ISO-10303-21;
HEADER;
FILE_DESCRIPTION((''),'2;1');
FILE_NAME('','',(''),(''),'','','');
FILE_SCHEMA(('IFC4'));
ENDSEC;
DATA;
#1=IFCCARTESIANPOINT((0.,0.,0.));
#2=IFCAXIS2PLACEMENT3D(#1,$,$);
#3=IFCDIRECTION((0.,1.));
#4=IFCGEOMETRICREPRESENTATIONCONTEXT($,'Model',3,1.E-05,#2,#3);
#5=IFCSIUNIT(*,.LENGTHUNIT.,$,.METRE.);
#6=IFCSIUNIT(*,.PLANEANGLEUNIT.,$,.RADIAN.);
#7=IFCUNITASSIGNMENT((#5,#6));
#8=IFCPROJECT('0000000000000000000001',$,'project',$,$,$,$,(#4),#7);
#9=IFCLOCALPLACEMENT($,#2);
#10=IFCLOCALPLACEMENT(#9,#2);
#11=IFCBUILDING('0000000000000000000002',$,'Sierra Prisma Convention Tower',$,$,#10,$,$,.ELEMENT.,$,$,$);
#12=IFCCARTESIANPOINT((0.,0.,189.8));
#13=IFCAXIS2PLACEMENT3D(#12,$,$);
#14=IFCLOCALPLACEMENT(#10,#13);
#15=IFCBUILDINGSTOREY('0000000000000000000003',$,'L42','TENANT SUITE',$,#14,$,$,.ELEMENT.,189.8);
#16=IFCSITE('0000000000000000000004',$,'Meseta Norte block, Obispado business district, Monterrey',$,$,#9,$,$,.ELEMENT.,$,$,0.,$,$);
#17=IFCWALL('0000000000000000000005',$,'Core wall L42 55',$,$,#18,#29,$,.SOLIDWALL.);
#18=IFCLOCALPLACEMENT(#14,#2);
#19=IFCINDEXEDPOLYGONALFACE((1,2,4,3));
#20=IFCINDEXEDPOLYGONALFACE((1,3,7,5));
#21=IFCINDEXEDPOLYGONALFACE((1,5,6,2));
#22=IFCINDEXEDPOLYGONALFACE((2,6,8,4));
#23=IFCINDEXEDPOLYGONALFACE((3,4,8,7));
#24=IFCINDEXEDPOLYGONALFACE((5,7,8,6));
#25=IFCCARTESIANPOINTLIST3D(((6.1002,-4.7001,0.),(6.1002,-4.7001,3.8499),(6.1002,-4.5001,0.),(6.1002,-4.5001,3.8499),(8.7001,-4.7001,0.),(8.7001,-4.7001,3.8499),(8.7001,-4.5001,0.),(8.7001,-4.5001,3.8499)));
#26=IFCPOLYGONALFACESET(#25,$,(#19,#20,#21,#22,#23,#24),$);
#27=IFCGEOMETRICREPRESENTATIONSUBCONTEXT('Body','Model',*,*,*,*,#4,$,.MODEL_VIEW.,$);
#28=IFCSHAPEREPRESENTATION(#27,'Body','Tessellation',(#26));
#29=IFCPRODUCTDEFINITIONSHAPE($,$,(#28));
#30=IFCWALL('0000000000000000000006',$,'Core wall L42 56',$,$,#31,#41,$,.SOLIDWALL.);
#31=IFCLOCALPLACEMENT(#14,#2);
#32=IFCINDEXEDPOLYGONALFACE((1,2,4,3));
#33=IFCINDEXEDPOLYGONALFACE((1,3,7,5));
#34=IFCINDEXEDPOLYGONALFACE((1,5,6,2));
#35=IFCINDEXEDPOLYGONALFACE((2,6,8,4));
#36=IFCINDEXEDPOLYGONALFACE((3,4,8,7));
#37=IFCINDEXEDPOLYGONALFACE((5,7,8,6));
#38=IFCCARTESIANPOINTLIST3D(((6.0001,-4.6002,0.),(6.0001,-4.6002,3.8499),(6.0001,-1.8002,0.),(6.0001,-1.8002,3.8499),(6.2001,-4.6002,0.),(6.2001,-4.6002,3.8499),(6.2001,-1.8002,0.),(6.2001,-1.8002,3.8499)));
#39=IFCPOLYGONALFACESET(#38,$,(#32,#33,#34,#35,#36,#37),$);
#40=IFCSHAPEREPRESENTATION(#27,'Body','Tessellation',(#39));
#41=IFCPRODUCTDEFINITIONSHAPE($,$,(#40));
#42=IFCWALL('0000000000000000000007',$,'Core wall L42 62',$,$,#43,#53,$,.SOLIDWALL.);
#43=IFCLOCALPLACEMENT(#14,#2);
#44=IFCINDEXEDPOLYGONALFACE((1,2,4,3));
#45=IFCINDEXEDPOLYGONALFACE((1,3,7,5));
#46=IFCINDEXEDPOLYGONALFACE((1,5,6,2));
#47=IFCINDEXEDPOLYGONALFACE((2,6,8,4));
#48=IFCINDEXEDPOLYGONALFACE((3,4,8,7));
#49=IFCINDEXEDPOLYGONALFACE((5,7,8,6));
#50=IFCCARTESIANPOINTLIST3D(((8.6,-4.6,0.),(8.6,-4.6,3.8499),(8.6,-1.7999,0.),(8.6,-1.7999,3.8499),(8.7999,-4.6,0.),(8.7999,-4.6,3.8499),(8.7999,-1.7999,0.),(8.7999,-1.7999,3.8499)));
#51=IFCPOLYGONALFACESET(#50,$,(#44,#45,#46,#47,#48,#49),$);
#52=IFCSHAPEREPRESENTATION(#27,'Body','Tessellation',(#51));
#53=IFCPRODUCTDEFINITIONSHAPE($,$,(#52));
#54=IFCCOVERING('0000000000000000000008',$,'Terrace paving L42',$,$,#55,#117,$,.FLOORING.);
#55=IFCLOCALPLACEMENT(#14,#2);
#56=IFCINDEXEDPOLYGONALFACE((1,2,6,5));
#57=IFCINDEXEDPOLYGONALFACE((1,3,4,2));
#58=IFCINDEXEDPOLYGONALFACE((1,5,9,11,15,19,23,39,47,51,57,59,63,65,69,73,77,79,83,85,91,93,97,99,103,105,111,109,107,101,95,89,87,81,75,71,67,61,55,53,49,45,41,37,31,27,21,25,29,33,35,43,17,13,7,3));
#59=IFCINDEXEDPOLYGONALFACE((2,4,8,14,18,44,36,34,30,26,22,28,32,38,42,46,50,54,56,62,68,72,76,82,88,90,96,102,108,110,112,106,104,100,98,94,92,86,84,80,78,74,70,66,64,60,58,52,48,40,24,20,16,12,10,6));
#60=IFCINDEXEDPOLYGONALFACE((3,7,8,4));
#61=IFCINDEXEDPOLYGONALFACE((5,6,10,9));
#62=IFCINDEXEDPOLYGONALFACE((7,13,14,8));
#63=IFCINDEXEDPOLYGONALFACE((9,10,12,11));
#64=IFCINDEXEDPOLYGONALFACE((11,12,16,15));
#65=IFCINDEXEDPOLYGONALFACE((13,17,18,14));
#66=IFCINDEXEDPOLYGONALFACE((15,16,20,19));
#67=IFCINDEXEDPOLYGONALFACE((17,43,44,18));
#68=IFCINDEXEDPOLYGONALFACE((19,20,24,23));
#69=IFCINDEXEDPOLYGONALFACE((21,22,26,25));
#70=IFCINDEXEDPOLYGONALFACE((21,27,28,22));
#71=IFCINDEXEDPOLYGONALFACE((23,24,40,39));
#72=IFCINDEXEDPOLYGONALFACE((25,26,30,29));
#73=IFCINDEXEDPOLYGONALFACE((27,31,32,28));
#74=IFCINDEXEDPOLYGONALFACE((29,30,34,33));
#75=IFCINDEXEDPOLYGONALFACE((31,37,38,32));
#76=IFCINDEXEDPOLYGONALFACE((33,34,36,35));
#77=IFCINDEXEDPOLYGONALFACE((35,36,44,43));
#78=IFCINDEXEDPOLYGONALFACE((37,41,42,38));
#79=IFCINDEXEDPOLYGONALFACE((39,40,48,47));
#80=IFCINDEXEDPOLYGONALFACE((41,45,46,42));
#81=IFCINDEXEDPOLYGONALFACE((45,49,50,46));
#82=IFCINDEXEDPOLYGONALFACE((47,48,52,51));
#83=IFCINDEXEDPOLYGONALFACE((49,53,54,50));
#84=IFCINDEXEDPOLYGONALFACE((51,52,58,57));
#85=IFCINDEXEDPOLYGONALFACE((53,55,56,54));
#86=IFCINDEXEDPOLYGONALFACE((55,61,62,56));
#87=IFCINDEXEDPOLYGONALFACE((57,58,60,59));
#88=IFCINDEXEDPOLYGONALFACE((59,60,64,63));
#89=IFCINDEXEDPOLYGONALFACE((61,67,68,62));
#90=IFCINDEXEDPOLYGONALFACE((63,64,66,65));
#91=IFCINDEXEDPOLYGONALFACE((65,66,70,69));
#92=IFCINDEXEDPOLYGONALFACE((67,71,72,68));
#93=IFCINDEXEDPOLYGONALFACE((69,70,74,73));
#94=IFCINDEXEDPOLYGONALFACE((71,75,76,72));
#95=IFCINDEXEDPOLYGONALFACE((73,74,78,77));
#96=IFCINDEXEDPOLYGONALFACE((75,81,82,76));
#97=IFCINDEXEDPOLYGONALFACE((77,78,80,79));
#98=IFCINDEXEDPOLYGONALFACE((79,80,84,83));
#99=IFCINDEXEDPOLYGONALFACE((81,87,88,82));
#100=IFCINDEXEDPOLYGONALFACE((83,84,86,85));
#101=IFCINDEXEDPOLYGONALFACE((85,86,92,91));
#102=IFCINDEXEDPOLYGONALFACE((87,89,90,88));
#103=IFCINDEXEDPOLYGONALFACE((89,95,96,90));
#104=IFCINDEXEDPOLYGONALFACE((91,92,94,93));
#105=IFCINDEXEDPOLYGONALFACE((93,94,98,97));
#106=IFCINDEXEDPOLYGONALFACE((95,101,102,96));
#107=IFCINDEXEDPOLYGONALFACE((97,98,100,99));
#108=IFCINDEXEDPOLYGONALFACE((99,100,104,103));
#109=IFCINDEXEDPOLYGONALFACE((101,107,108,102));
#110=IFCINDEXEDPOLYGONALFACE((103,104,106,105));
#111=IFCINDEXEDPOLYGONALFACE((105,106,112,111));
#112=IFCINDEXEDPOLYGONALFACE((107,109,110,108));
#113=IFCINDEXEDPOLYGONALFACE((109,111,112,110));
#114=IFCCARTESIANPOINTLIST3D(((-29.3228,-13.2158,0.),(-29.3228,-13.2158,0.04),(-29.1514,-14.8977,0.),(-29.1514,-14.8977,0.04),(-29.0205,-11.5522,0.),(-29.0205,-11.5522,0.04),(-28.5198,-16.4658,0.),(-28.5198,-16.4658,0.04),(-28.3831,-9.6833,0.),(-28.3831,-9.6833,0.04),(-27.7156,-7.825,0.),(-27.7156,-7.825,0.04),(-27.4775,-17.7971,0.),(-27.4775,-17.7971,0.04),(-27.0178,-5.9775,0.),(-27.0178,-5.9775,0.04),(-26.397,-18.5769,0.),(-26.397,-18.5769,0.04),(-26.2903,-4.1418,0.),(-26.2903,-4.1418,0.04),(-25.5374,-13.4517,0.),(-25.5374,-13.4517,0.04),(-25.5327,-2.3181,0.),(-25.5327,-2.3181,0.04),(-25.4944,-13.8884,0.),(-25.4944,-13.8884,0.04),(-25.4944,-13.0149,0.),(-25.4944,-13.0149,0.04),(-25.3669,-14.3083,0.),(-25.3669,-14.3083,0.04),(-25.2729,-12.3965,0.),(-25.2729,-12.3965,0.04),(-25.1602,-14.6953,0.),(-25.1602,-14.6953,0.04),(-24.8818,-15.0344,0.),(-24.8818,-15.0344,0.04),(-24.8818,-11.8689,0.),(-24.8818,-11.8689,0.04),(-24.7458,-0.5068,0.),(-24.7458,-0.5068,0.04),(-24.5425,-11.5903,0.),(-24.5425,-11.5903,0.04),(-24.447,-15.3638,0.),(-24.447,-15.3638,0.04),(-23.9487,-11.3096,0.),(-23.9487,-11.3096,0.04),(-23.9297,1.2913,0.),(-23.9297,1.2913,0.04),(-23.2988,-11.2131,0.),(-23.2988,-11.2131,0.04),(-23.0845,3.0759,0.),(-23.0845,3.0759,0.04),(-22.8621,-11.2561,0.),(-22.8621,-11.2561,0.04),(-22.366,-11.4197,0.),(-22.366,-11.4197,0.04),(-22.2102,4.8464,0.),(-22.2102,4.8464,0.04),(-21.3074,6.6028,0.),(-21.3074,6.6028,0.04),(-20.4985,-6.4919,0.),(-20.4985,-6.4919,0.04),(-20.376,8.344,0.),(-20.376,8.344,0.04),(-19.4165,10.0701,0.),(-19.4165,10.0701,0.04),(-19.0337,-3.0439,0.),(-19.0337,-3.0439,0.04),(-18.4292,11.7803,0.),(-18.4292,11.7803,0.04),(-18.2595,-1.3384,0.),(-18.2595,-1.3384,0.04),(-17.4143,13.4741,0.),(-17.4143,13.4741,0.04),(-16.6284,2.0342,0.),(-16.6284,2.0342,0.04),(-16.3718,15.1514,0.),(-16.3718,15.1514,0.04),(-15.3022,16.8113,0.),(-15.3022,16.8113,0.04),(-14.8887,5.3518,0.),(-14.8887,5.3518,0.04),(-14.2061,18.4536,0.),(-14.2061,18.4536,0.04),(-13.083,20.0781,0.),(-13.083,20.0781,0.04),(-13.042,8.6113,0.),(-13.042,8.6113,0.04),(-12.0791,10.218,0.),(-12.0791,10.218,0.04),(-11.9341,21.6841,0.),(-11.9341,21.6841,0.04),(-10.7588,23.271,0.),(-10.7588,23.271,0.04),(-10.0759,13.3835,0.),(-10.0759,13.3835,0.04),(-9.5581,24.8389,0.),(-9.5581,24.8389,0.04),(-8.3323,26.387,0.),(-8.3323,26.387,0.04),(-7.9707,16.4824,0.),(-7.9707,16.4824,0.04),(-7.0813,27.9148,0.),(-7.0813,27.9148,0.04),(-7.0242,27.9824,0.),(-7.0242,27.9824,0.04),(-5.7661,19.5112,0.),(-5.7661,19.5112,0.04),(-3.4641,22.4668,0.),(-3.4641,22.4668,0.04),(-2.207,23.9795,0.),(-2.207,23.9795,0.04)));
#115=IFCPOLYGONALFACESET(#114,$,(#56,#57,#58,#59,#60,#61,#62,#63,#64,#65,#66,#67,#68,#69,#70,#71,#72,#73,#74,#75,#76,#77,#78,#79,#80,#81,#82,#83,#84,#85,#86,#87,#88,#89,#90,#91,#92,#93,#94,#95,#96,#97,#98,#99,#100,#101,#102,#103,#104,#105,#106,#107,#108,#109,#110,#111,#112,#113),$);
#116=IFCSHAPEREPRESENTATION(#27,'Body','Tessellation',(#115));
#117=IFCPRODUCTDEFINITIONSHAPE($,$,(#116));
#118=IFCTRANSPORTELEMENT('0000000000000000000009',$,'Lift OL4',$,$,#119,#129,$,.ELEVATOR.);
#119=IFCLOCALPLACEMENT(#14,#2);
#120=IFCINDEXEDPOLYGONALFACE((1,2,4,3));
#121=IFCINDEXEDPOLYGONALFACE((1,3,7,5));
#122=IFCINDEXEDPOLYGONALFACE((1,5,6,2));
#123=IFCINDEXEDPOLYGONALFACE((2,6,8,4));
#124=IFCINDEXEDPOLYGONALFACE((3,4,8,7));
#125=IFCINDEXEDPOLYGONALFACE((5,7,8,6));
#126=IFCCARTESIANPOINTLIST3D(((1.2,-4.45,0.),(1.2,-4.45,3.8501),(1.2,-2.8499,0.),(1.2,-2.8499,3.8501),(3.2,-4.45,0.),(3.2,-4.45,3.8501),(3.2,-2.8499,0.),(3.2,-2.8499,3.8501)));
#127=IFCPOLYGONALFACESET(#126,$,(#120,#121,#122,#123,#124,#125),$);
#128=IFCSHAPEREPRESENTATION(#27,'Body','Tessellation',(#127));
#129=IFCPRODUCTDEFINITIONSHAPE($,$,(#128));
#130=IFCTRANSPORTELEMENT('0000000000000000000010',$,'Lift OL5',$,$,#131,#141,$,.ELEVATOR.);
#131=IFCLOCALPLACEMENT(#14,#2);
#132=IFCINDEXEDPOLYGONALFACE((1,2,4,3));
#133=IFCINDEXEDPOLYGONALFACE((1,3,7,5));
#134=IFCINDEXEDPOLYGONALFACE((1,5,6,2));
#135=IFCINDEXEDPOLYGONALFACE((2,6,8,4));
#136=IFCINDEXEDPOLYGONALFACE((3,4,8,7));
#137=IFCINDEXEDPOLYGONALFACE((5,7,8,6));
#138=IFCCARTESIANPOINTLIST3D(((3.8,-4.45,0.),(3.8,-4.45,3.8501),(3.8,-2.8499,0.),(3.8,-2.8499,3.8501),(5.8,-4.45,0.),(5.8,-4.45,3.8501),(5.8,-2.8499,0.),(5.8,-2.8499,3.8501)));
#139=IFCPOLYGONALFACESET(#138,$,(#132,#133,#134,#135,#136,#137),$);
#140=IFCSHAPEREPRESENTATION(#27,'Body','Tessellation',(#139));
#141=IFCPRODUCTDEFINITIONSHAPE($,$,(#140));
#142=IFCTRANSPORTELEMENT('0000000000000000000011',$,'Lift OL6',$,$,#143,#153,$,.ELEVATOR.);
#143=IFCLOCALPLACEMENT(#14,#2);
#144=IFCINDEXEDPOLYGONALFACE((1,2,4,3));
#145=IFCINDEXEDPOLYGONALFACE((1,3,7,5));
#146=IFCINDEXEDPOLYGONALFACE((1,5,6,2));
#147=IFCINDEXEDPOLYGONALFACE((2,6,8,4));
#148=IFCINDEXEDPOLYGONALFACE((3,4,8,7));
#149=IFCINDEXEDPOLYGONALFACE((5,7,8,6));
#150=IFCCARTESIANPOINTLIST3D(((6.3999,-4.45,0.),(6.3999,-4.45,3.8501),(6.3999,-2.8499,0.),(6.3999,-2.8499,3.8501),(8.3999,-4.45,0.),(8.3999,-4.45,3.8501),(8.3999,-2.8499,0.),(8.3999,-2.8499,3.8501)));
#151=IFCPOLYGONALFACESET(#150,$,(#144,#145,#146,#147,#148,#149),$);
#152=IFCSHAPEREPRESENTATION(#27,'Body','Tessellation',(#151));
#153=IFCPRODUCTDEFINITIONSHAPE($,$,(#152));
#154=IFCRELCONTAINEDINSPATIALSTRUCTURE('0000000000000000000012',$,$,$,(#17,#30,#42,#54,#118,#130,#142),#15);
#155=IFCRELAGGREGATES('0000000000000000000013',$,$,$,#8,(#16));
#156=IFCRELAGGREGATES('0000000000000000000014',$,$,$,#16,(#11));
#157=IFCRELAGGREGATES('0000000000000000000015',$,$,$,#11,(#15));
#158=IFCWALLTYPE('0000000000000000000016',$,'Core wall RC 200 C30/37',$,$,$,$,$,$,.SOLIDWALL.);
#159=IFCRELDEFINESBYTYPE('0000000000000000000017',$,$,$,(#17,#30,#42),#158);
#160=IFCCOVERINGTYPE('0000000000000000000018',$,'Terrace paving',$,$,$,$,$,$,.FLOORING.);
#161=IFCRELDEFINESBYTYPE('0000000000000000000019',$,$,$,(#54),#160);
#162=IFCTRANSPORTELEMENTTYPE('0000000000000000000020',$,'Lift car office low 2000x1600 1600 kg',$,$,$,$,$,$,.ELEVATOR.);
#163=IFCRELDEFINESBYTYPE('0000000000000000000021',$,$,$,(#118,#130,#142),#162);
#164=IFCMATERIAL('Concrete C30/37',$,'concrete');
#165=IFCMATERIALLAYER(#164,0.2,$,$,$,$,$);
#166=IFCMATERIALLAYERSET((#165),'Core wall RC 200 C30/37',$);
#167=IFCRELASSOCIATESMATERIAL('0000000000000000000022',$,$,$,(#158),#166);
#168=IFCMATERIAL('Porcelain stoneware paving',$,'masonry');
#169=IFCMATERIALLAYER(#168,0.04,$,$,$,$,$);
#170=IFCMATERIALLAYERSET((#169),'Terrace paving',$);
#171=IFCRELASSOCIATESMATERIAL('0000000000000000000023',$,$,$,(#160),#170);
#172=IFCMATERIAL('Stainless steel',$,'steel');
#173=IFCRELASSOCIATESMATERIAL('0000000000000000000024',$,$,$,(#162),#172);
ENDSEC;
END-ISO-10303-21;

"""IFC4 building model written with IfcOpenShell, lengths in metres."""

from ifc_helpers import new_model, si_unit, direction, frame, frame_2d, origin, origin_2d, place, context, subcontext, project, spatial, polyline, rectangle, outline, extrude, material, layer, layer_set, type_object, element, save


model = new_model("IFC4")

# Units and contexts
model_context = context("Model", 3, precision=1e-05, world=origin(), true_north=direction((0.0, 1.0)))
body_context = subcontext(model_context, "Body", "Model", "MODEL_VIEW")
ifc_project = project(units=[si_unit("LENGTHUNIT", "METRE"), si_unit("PLANEANGLEUNIT", "RADIAN")], contexts=[model_context])

# Site, building, storey
site_placement = place(None, origin())
site = spatial("IfcSite", under=ifc_project, at=site_placement, Name="Meseta Norte block, Obispado business district, Monterrey", CompositionType="ELEMENT", RefElevation=0.0)
building_placement = place(site_placement, origin())
building = spatial("IfcBuilding", under=site, at=building_placement, Name="Sierra Prisma Convention Tower", CompositionType="ELEMENT")
storey_placement = place(building_placement, frame((0.0, 0.0, 189.8)))
storey = spatial("IfcBuildingStorey", under=building, at=storey_placement, Name="L42", Description="TENANT SUITE", CompositionType="ELEMENT", Elevation=189.8)

# Shared definitions
ifc_material_1 = material(Name="Concrete C30/37", Category="concrete")
ifc_layer_1 = layer(ifc_material_1, 0.2)
ifc_layer_set_1 = layer_set([ifc_layer_1], Name="Core wall RC 200 C30/37")
wall_type = type_object("IfcWallType", Name="Core wall RC 200 C30/37", PredefinedType="SOLIDWALL", material=ifc_layer_set_1)

# Walls
wall_1_placement = place(storey_placement, frame((8.7, -4.6001, 0.0), z_axis=(0.0, 0.0, 1.0), x_axis=(-1.0, 0.0, 0.0)))
element("IfcWall", 1, at=wall_1_placement, inside=storey, type_object=wall_type, Name="Core wall L42 55", PredefinedType="SOLIDWALL", context=body_context, shape_type="SweptSolid", body=[
    extrude(rectangle(XDim=2.5999, YDim=0.2, at=frame_2d((1.2998, 0.0))), origin(), (0.0, 0.0, 1.0), 3.8499),
])
wall_2_placement = place(storey_placement, frame((6.1001, -4.6001, 0.0), z_axis=(0.0, 0.0, 1.0), x_axis=(0.0, 1.0, 0.0)))
element("IfcWall", 2, at=wall_2_placement, inside=storey, type_object=wall_type, Name="Core wall L42 56", PredefinedType="SOLIDWALL", context=body_context, shape_type="SweptSolid", body=[
    extrude(rectangle(XDim=2.8, YDim=0.2, at=frame_2d((1.3999, 0.0))), origin(), (0.0, 0.0, 1.0), 3.8499),
])

# Wall
wall_3_placement = place(storey_placement, frame((8.7, -1.8, 0.0), z_axis=(0.0, 0.0, 1.0), x_axis=(0.0, -1.0, 0.0)))
element("IfcWall", 3, at=wall_3_placement, inside=storey, type_object=wall_type, Name="Core wall L42 62", PredefinedType="SOLIDWALL", context=body_context, shape_type="SweptSolid", body=[
    extrude(rectangle(XDim=2.8, YDim=0.2, at=frame_2d((1.3999, 0.0))), origin(), (0.0, 0.0, 1.0), 3.8499),
])

# Covering
ifc_material_2 = material(Name="Porcelain stoneware paving", Category="masonry")
ifc_layer_2 = layer(ifc_material_2, 0.04)
ifc_layer_set_2 = layer_set([ifc_layer_2], Name="Terrace paving")
covering_type = type_object("IfcCoveringType", Name="Terrace paving", PredefinedType="FLOORING", material=ifc_layer_set_2)
covering_placement = place(storey_placement, origin())
element("IfcCovering", 4, at=covering_placement, inside=storey, type_object=covering_type, Name="Terrace paving L42", PredefinedType="FLOORING", context=body_context, shape_type="SweptSolid", body=[
    extrude(outline(polyline([(-7.0242, 27.9824), (-7.0813, 27.9148), (-8.3323, 26.387), (-9.5581, 24.8389), (-10.7588, 23.271), (-11.9341, 21.6841), (-13.083, 20.0781), (-14.2061, 18.4536), (-15.3022, 16.8113), (-16.3718, 15.1514), (-17.4143, 13.4741), (-18.4292, 11.7803), (-19.4165, 10.0701), (-20.376, 8.344), (-21.3074, 6.6028), (-22.2102, 4.8464), (-23.0845, 3.0759), (-23.9297, 1.2913), (-24.7458, -0.5068), (-25.5327, -2.3181), (-26.2903, -4.1418), (-27.0178, -5.9775), (-27.7156, -7.825), (-28.3831, -9.6833), (-29.0205, -11.5522), (-29.3228, -13.2158), (-29.1514, -14.8977), (-28.5198, -16.4658), (-27.4775, -17.7971), (-26.397, -18.5769), (-24.447, -15.3638), (-24.8818, -15.0344), (-25.1602, -14.6953), (-25.3669, -14.3083), (-25.4944, -13.8884), (-25.5374, -13.4517), (-25.4944, -13.0149), (-25.2729, -12.3965), (-24.8818, -11.8689), (-24.5425, -11.5903), (-23.9487, -11.3096), (-23.2988, -11.2131), (-22.8621, -11.2561), (-22.366, -11.4197), (-20.4985, -6.4919), (-19.0337, -3.0439), (-18.2595, -1.3384), (-16.6284, 2.0342), (-14.8887, 5.3518), (-13.042, 8.6113), (-12.0791, 10.218), (-10.0759, 13.3835), (-7.9707, 16.4824), (-5.7661, 19.5112), (-3.4641, 22.4668), (-2.207, 23.9795), (-7.0242, 27.9824)])), origin(), (0.0, 0.0, 1.0), 0.04),
])

# Transport elements
ifc_material_3 = material(Name="Stainless steel", Category="steel")
transport_element_type = type_object("IfcTransportElementType", Name="Lift car office low 2000x1600 1600 kg", PredefinedType="ELEVATOR", material=ifc_material_3)
for number, where, z_axis, x_axis, name in (
    (5, (2.2, -3.6499, 0.0), (0.0, 0.0, 1.0), (1.0, 0.0, 0.0), "Lift OL4"),
    (6, (4.8, -3.6499, 0.0), (0.0, 0.0, 1.0), (1.0, 0.0, 0.0), "Lift OL5"),
    (7, (7.3999, -3.6499, 0.0), (0.0, 0.0, 1.0), (1.0, 0.0, 0.0), "Lift OL6"),
):
    element("IfcTransportElement", number, at=place(storey_placement, frame(where, z_axis=z_axis, x_axis=x_axis)), inside=storey, type_object=transport_element_type, Name=name, PredefinedType="ELEVATOR", context=body_context, shape_type="SweptSolid", body=[
        extrude(rectangle(XDim=2.0, YDim=1.6001, at=origin_2d()), origin(), (0.0, 0.0, 1.0), 3.8501),
    ])

save(model, "model.ifc")
